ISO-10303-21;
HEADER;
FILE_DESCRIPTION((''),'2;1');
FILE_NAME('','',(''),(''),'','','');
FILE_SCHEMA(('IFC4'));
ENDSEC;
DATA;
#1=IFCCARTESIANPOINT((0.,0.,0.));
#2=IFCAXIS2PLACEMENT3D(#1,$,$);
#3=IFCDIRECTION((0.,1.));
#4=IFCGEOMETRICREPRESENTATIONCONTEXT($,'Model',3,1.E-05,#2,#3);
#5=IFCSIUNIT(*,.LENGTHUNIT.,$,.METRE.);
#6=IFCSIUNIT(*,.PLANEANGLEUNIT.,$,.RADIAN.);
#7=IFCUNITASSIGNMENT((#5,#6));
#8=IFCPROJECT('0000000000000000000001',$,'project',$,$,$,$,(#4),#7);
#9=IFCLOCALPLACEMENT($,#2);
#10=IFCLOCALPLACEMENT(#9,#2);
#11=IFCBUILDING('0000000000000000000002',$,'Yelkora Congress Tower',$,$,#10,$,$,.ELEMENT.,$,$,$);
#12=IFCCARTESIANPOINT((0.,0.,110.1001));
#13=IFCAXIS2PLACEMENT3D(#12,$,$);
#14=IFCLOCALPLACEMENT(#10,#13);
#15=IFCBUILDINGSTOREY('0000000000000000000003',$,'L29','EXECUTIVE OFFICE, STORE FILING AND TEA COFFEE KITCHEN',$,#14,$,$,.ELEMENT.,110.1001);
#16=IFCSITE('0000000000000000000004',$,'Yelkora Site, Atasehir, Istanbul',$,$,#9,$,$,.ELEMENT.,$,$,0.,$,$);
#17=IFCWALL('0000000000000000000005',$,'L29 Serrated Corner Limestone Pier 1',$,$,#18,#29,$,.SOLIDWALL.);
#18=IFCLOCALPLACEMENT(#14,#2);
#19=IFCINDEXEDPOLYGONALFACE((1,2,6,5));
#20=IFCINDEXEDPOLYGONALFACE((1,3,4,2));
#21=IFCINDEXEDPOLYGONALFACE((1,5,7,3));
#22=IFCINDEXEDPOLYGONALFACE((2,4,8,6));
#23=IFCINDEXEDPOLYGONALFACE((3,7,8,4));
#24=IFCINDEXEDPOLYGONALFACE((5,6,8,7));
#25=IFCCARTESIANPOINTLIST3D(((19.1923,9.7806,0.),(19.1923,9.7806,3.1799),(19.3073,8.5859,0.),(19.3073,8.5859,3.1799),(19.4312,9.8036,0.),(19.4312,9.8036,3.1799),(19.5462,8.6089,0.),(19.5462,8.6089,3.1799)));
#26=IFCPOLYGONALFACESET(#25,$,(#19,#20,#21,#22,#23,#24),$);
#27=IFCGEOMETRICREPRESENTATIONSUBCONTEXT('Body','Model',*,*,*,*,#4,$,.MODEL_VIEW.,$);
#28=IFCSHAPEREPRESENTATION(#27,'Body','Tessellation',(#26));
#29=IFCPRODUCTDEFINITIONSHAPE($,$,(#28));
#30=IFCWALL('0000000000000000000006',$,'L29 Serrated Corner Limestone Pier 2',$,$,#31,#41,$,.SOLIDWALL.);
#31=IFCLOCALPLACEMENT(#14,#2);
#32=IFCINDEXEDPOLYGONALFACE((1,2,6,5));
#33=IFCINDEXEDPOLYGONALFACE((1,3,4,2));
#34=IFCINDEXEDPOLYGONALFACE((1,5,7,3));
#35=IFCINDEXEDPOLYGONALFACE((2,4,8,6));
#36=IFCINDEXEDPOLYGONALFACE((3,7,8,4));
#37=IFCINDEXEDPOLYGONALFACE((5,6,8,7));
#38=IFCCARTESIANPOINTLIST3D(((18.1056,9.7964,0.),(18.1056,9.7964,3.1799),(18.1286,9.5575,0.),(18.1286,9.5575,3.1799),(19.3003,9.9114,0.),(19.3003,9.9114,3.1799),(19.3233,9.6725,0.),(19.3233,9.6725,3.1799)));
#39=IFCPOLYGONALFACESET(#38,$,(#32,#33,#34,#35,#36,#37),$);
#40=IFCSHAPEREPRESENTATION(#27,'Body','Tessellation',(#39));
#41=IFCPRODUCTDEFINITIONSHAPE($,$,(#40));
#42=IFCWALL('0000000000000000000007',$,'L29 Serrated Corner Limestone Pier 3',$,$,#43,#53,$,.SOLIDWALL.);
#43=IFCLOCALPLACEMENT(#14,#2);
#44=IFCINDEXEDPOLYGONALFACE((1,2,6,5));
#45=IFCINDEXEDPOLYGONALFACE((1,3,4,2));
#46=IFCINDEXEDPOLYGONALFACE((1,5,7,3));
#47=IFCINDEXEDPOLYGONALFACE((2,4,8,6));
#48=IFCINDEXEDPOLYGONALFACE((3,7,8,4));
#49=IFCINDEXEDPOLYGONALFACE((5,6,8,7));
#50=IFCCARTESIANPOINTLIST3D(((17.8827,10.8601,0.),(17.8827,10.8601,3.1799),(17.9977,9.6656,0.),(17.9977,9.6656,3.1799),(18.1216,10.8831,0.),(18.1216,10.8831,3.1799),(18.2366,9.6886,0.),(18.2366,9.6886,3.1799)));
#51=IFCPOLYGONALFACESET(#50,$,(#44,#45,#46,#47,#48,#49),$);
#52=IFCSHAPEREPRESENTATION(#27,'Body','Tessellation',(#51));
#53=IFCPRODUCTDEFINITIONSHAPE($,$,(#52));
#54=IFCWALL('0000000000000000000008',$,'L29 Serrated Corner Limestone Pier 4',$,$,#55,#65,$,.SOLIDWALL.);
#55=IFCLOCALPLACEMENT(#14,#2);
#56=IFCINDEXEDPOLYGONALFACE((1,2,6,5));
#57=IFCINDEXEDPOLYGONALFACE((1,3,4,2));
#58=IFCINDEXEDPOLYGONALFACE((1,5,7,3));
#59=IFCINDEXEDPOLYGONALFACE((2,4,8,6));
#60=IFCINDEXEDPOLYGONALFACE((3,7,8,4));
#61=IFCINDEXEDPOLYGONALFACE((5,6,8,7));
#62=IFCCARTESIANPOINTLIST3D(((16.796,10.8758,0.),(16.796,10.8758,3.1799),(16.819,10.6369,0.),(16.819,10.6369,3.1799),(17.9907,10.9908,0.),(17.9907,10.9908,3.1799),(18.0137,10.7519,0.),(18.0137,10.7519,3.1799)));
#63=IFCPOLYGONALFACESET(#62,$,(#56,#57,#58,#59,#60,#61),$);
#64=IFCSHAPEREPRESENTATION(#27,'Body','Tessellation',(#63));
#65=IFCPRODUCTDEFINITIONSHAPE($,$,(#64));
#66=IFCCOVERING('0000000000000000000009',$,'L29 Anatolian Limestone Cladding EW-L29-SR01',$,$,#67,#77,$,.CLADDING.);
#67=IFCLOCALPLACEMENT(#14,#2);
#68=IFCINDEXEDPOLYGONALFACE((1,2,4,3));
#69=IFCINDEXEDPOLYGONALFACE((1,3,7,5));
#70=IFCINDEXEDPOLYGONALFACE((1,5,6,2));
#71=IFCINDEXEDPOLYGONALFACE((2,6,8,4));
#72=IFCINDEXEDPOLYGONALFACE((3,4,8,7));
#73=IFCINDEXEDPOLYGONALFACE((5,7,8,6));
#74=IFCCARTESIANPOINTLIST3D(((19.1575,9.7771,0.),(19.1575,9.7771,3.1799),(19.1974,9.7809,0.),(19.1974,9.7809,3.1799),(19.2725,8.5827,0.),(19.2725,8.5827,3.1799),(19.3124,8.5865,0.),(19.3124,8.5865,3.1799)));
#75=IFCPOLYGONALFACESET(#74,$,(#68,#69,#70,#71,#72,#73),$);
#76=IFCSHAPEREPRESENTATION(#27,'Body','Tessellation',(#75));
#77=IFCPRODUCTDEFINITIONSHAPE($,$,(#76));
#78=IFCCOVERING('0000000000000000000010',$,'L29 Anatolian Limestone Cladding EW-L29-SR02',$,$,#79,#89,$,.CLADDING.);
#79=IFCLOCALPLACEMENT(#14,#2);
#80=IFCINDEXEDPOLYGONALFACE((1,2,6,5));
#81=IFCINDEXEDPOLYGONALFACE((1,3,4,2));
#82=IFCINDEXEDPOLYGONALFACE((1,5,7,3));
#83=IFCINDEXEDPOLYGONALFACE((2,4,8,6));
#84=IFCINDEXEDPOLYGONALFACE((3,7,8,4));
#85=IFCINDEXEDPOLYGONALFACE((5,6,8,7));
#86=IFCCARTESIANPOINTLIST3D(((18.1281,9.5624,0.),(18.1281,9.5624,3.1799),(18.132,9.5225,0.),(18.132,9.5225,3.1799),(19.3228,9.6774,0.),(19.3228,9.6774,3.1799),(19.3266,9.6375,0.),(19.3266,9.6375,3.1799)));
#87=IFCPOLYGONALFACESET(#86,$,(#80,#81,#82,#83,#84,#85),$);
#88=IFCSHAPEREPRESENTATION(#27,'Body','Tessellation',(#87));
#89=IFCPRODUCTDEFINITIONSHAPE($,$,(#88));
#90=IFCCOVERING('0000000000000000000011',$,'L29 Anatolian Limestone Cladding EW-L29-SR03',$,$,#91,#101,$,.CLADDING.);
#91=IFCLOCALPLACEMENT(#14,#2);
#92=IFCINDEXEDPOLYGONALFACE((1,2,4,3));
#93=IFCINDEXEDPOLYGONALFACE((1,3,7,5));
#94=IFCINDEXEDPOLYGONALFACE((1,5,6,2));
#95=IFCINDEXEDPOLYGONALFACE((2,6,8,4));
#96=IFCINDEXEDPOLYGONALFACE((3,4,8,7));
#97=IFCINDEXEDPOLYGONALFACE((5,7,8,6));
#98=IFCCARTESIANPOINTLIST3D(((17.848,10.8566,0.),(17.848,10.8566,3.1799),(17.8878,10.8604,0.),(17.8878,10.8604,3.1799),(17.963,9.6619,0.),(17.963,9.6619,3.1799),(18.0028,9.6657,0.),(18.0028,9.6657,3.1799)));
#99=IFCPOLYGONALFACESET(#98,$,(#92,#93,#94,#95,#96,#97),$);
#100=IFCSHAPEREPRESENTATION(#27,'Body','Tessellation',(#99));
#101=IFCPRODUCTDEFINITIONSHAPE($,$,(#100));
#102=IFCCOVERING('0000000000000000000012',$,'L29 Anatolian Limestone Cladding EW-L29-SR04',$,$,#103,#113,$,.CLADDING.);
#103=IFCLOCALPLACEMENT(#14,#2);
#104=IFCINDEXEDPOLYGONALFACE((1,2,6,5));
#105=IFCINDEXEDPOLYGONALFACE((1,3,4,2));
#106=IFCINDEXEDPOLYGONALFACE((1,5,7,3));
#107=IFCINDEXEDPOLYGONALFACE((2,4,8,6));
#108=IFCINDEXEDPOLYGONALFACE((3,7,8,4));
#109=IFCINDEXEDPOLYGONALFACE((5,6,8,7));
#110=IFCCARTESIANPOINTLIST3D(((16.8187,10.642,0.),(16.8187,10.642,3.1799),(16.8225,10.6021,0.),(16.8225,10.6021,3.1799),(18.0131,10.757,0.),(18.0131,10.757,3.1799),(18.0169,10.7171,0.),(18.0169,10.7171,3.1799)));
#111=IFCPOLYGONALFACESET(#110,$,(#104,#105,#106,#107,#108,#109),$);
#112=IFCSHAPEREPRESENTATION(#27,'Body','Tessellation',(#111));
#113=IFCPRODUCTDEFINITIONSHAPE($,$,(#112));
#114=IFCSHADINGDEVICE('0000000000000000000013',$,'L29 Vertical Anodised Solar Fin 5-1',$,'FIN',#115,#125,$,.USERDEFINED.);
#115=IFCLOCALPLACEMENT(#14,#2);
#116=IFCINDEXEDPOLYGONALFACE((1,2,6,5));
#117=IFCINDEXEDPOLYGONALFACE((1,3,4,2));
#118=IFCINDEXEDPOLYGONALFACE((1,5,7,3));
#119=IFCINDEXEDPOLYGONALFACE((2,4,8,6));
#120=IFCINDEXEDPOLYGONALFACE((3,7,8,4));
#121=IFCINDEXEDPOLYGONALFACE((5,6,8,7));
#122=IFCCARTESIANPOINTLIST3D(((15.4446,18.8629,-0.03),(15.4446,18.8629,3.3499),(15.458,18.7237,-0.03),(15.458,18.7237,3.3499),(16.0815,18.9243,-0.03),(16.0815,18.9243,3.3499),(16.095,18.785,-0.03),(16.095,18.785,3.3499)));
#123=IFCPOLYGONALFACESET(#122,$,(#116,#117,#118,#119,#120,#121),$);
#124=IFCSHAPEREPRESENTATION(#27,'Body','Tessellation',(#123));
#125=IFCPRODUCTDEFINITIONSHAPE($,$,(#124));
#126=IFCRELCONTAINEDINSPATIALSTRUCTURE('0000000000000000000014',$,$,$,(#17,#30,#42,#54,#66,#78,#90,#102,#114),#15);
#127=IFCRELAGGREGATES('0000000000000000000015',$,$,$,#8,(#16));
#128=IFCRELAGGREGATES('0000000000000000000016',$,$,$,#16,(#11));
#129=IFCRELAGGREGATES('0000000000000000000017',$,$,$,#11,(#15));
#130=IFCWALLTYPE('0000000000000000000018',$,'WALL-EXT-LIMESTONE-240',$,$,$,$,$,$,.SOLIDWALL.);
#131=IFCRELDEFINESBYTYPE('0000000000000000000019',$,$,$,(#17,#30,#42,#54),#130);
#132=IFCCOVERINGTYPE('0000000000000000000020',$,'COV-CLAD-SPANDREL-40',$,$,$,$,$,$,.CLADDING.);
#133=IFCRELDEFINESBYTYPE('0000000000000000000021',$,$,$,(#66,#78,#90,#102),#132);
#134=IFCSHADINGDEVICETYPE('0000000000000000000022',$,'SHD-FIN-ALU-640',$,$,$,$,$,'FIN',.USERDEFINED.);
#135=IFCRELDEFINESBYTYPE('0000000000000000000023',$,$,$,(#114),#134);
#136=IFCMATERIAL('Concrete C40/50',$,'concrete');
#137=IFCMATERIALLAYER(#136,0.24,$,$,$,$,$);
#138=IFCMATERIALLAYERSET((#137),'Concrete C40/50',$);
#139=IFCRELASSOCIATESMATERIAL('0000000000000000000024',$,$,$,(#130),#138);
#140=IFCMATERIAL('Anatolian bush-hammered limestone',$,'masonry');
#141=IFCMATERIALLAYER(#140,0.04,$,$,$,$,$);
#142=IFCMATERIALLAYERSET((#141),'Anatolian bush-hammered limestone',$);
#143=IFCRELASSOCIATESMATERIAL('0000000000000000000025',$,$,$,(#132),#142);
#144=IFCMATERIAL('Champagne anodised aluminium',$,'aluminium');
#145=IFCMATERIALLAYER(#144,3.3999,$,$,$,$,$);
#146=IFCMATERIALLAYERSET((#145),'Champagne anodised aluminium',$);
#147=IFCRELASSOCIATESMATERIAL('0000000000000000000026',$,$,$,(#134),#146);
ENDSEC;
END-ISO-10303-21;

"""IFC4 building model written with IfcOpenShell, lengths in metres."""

from ifc_helpers import new_model, si_unit, direction, frame, frame_2d, origin, origin_2d, place, context, subcontext, project, spatial, rectangle, extrude, material, layer, layer_set, type_object, element, save


model = new_model("IFC4")

# Units and contexts
model_context = context("Model", 3, precision=1e-05, world=origin(), true_north=direction((0.0, 1.0)))
body_context = subcontext(model_context, "Body", "Model", "MODEL_VIEW")
ifc_project = project(units=[si_unit("LENGTHUNIT", "METRE"), si_unit("PLANEANGLEUNIT", "RADIAN")], contexts=[model_context])

# Site, building, storey
site_placement = place(None, origin())
site = spatial("IfcSite", under=ifc_project, at=site_placement, Name="Yelkora Site, Atasehir, Istanbul", CompositionType="ELEMENT", RefElevation=0.0)
building_placement = place(site_placement, origin())
building = spatial("IfcBuilding", under=site, at=building_placement, Name="Yelkora Congress Tower", CompositionType="ELEMENT")
storey_placement = place(building_placement, frame((0.0, 0.0, 110.1001)))
storey = spatial("IfcBuildingStorey", under=building, at=storey_placement, Name="L29", Description="EXECUTIVE OFFICE, STORE FILING AND TEA COFFEE KITCHEN", CompositionType="ELEMENT", Elevation=110.1001)

# Shared definitions
ifc_material_1 = material(Name="Concrete C40/50", Category="concrete")

# Walls
ifc_layer_1 = layer(ifc_material_1, 0.24)
ifc_layer_set_1 = layer_set([ifc_layer_1], Name="Concrete C40/50")
wall_type = type_object("IfcWallType", Name="WALL-EXT-LIMESTONE-240", PredefinedType="SOLIDWALL", material=ifc_layer_set_1)
for number, where, z_axis, x_axis, name in (
    (1, (19.4268, 8.5974, 0.0), (0.0, 0.0, 1.0), (-0.095817, 0.995399, 0.0), "L29 Serrated Corner Limestone Pier 1"),
    (2, (19.3118, 9.792, 0.0), (0.0, 0.0, 1.0), (-0.995399, -0.095817, 0.0), "L29 Serrated Corner Limestone Pier 2"),
):
    element("IfcWall", number, at=place(storey_placement, frame(where, z_axis=z_axis, x_axis=x_axis)), inside=storey, type_object=wall_type, Name=name, PredefinedType="SOLIDWALL", context=body_context, shape_type="SweptSolid", body=[
        extrude(rectangle(XDim=1.2002, YDim=0.24, at=frame_2d((0.6001, 0.0))), origin(), (0.0, 0.0, 1.0), 3.1799),
    ])
wall_1_placement = place(storey_placement, frame((18.1172, 9.677, 0.0), z_axis=(0.0, 0.0, 1.0), x_axis=(-0.095836, 0.995397, 0.0)))
element("IfcWall", 3, at=wall_1_placement, inside=storey, type_object=wall_type, Name="L29 Serrated Corner Limestone Pier 3", PredefinedType="SOLIDWALL", context=body_context, shape_type="SweptSolid", body=[
    extrude(rectangle(XDim=1.2, YDim=0.24, at=frame_2d((0.6001, 0.0))), origin(), (0.0, 0.0, 1.0), 3.1799),
])
wall_2_placement = place(storey_placement, frame((18.0022, 10.8713, 0.0), z_axis=(0.0, 0.0, 1.0), x_axis=(-0.995399, -0.095817, 0.0)))
element("IfcWall", 4, at=wall_2_placement, inside=storey, type_object=wall_type, Name="L29 Serrated Corner Limestone Pier 4", PredefinedType="SOLIDWALL", context=body_context, shape_type="SweptSolid", body=[
    extrude(rectangle(XDim=1.2002, YDim=0.24, at=frame_2d((0.6001, 0.0))), origin(), (0.0, 0.0, 1.0), 3.1799),
])

# Coverings
ifc_material_2 = material(Name="Anatolian bush-hammered limestone", Category="masonry")
ifc_layer_2 = layer(ifc_material_2, 0.04)
ifc_layer_set_2 = layer_set([ifc_layer_2], Name="Anatolian bush-hammered limestone")
covering_type = type_object("IfcCoveringType", Name="COV-CLAD-SPANDREL-40", PredefinedType="CLADDING", material=ifc_layer_set_2)
covering_1_placement = place(storey_placement, frame((19.2925, 8.5845, 0.0), z_axis=(0.0, 0.0, 1.0), x_axis=(-0.095836, 0.995397, 0.0)))
element("IfcCovering", 5, at=covering_1_placement, inside=storey, type_object=covering_type, Name="L29 Anatolian Limestone Cladding EW-L29-SR01", PredefinedType="CLADDING", context=body_context, shape_type="SweptSolid", body=[
    extrude(rectangle(XDim=1.2, YDim=0.04, at=frame_2d((0.6001, 0.0))), origin(), (0.0, 0.0, 1.0), 3.1799),
])
for number, where, z_axis, x_axis, name in (
    (6, (19.3247, 9.6575, 0.0), (0.0, 0.0, 1.0), (-0.995399, -0.095817, 0.0), "L29 Anatolian Limestone Cladding EW-L29-SR02"),
    (7, (17.9829, 9.6638, 0.0), (0.0, 0.0, 1.0), (-0.095817, 0.995399, 0.0), "L29 Anatolian Limestone Cladding EW-L29-SR03"),
):
    element("IfcCovering", number, at=place(storey_placement, frame(where, z_axis=z_axis, x_axis=x_axis)), inside=storey, type_object=covering_type, Name=name, PredefinedType="CLADDING", context=body_context, shape_type="SweptSolid", body=[
        extrude(rectangle(XDim=1.2002, YDim=0.04, at=frame_2d((0.6001, 0.0))), origin(), (0.0, 0.0, 1.0), 3.1799),
    ])
covering_2_placement = place(storey_placement, frame((18.0151, 10.7371, 0.0), z_axis=(0.0, 0.0, 1.0), x_axis=(-0.995397, -0.095836, 0.0)))
element("IfcCovering", 8, at=covering_2_placement, inside=storey, type_object=covering_type, Name="L29 Anatolian Limestone Cladding EW-L29-SR04", PredefinedType="CLADDING", context=body_context, shape_type="SweptSolid", body=[
    extrude(rectangle(XDim=1.2, YDim=0.04, at=frame_2d((0.6001, 0.0))), origin(), (0.0, 0.0, 1.0), 3.1799),
])

# Shading device
ifc_material_3 = material(Name="Champagne anodised aluminium", Category="aluminium")
ifc_layer_3 = layer(ifc_material_3, 3.3999)
ifc_layer_set_3 = layer_set([ifc_layer_3], Name="Champagne anodised aluminium")
shading_device_type = type_object("IfcShadingDeviceType", Name="SHD-FIN-ALU-640", ElementType="FIN", PredefinedType="USERDEFINED", material=ifc_layer_set_3)
shading_device_placement = place(storey_placement, frame((15.7698, 18.824, -0.03), z_axis=(0.0, 0.0, 1.0), x_axis=(-0.095846, 0.995396, 0.0)))
element("IfcShadingDevice", 9, at=shading_device_placement, inside=storey, type_object=shading_device_type, Name="L29 Vertical Anodised Solar Fin 5-1", ObjectType="FIN", PredefinedType="USERDEFINED", context=body_context, shape_type="SweptSolid", body=[
    extrude(rectangle(XDim=0.1399, YDim=0.6399, at=origin_2d()), origin(), (0.0, 0.0, 1.0), 3.3799),
])

save(model, "model.ifc")
